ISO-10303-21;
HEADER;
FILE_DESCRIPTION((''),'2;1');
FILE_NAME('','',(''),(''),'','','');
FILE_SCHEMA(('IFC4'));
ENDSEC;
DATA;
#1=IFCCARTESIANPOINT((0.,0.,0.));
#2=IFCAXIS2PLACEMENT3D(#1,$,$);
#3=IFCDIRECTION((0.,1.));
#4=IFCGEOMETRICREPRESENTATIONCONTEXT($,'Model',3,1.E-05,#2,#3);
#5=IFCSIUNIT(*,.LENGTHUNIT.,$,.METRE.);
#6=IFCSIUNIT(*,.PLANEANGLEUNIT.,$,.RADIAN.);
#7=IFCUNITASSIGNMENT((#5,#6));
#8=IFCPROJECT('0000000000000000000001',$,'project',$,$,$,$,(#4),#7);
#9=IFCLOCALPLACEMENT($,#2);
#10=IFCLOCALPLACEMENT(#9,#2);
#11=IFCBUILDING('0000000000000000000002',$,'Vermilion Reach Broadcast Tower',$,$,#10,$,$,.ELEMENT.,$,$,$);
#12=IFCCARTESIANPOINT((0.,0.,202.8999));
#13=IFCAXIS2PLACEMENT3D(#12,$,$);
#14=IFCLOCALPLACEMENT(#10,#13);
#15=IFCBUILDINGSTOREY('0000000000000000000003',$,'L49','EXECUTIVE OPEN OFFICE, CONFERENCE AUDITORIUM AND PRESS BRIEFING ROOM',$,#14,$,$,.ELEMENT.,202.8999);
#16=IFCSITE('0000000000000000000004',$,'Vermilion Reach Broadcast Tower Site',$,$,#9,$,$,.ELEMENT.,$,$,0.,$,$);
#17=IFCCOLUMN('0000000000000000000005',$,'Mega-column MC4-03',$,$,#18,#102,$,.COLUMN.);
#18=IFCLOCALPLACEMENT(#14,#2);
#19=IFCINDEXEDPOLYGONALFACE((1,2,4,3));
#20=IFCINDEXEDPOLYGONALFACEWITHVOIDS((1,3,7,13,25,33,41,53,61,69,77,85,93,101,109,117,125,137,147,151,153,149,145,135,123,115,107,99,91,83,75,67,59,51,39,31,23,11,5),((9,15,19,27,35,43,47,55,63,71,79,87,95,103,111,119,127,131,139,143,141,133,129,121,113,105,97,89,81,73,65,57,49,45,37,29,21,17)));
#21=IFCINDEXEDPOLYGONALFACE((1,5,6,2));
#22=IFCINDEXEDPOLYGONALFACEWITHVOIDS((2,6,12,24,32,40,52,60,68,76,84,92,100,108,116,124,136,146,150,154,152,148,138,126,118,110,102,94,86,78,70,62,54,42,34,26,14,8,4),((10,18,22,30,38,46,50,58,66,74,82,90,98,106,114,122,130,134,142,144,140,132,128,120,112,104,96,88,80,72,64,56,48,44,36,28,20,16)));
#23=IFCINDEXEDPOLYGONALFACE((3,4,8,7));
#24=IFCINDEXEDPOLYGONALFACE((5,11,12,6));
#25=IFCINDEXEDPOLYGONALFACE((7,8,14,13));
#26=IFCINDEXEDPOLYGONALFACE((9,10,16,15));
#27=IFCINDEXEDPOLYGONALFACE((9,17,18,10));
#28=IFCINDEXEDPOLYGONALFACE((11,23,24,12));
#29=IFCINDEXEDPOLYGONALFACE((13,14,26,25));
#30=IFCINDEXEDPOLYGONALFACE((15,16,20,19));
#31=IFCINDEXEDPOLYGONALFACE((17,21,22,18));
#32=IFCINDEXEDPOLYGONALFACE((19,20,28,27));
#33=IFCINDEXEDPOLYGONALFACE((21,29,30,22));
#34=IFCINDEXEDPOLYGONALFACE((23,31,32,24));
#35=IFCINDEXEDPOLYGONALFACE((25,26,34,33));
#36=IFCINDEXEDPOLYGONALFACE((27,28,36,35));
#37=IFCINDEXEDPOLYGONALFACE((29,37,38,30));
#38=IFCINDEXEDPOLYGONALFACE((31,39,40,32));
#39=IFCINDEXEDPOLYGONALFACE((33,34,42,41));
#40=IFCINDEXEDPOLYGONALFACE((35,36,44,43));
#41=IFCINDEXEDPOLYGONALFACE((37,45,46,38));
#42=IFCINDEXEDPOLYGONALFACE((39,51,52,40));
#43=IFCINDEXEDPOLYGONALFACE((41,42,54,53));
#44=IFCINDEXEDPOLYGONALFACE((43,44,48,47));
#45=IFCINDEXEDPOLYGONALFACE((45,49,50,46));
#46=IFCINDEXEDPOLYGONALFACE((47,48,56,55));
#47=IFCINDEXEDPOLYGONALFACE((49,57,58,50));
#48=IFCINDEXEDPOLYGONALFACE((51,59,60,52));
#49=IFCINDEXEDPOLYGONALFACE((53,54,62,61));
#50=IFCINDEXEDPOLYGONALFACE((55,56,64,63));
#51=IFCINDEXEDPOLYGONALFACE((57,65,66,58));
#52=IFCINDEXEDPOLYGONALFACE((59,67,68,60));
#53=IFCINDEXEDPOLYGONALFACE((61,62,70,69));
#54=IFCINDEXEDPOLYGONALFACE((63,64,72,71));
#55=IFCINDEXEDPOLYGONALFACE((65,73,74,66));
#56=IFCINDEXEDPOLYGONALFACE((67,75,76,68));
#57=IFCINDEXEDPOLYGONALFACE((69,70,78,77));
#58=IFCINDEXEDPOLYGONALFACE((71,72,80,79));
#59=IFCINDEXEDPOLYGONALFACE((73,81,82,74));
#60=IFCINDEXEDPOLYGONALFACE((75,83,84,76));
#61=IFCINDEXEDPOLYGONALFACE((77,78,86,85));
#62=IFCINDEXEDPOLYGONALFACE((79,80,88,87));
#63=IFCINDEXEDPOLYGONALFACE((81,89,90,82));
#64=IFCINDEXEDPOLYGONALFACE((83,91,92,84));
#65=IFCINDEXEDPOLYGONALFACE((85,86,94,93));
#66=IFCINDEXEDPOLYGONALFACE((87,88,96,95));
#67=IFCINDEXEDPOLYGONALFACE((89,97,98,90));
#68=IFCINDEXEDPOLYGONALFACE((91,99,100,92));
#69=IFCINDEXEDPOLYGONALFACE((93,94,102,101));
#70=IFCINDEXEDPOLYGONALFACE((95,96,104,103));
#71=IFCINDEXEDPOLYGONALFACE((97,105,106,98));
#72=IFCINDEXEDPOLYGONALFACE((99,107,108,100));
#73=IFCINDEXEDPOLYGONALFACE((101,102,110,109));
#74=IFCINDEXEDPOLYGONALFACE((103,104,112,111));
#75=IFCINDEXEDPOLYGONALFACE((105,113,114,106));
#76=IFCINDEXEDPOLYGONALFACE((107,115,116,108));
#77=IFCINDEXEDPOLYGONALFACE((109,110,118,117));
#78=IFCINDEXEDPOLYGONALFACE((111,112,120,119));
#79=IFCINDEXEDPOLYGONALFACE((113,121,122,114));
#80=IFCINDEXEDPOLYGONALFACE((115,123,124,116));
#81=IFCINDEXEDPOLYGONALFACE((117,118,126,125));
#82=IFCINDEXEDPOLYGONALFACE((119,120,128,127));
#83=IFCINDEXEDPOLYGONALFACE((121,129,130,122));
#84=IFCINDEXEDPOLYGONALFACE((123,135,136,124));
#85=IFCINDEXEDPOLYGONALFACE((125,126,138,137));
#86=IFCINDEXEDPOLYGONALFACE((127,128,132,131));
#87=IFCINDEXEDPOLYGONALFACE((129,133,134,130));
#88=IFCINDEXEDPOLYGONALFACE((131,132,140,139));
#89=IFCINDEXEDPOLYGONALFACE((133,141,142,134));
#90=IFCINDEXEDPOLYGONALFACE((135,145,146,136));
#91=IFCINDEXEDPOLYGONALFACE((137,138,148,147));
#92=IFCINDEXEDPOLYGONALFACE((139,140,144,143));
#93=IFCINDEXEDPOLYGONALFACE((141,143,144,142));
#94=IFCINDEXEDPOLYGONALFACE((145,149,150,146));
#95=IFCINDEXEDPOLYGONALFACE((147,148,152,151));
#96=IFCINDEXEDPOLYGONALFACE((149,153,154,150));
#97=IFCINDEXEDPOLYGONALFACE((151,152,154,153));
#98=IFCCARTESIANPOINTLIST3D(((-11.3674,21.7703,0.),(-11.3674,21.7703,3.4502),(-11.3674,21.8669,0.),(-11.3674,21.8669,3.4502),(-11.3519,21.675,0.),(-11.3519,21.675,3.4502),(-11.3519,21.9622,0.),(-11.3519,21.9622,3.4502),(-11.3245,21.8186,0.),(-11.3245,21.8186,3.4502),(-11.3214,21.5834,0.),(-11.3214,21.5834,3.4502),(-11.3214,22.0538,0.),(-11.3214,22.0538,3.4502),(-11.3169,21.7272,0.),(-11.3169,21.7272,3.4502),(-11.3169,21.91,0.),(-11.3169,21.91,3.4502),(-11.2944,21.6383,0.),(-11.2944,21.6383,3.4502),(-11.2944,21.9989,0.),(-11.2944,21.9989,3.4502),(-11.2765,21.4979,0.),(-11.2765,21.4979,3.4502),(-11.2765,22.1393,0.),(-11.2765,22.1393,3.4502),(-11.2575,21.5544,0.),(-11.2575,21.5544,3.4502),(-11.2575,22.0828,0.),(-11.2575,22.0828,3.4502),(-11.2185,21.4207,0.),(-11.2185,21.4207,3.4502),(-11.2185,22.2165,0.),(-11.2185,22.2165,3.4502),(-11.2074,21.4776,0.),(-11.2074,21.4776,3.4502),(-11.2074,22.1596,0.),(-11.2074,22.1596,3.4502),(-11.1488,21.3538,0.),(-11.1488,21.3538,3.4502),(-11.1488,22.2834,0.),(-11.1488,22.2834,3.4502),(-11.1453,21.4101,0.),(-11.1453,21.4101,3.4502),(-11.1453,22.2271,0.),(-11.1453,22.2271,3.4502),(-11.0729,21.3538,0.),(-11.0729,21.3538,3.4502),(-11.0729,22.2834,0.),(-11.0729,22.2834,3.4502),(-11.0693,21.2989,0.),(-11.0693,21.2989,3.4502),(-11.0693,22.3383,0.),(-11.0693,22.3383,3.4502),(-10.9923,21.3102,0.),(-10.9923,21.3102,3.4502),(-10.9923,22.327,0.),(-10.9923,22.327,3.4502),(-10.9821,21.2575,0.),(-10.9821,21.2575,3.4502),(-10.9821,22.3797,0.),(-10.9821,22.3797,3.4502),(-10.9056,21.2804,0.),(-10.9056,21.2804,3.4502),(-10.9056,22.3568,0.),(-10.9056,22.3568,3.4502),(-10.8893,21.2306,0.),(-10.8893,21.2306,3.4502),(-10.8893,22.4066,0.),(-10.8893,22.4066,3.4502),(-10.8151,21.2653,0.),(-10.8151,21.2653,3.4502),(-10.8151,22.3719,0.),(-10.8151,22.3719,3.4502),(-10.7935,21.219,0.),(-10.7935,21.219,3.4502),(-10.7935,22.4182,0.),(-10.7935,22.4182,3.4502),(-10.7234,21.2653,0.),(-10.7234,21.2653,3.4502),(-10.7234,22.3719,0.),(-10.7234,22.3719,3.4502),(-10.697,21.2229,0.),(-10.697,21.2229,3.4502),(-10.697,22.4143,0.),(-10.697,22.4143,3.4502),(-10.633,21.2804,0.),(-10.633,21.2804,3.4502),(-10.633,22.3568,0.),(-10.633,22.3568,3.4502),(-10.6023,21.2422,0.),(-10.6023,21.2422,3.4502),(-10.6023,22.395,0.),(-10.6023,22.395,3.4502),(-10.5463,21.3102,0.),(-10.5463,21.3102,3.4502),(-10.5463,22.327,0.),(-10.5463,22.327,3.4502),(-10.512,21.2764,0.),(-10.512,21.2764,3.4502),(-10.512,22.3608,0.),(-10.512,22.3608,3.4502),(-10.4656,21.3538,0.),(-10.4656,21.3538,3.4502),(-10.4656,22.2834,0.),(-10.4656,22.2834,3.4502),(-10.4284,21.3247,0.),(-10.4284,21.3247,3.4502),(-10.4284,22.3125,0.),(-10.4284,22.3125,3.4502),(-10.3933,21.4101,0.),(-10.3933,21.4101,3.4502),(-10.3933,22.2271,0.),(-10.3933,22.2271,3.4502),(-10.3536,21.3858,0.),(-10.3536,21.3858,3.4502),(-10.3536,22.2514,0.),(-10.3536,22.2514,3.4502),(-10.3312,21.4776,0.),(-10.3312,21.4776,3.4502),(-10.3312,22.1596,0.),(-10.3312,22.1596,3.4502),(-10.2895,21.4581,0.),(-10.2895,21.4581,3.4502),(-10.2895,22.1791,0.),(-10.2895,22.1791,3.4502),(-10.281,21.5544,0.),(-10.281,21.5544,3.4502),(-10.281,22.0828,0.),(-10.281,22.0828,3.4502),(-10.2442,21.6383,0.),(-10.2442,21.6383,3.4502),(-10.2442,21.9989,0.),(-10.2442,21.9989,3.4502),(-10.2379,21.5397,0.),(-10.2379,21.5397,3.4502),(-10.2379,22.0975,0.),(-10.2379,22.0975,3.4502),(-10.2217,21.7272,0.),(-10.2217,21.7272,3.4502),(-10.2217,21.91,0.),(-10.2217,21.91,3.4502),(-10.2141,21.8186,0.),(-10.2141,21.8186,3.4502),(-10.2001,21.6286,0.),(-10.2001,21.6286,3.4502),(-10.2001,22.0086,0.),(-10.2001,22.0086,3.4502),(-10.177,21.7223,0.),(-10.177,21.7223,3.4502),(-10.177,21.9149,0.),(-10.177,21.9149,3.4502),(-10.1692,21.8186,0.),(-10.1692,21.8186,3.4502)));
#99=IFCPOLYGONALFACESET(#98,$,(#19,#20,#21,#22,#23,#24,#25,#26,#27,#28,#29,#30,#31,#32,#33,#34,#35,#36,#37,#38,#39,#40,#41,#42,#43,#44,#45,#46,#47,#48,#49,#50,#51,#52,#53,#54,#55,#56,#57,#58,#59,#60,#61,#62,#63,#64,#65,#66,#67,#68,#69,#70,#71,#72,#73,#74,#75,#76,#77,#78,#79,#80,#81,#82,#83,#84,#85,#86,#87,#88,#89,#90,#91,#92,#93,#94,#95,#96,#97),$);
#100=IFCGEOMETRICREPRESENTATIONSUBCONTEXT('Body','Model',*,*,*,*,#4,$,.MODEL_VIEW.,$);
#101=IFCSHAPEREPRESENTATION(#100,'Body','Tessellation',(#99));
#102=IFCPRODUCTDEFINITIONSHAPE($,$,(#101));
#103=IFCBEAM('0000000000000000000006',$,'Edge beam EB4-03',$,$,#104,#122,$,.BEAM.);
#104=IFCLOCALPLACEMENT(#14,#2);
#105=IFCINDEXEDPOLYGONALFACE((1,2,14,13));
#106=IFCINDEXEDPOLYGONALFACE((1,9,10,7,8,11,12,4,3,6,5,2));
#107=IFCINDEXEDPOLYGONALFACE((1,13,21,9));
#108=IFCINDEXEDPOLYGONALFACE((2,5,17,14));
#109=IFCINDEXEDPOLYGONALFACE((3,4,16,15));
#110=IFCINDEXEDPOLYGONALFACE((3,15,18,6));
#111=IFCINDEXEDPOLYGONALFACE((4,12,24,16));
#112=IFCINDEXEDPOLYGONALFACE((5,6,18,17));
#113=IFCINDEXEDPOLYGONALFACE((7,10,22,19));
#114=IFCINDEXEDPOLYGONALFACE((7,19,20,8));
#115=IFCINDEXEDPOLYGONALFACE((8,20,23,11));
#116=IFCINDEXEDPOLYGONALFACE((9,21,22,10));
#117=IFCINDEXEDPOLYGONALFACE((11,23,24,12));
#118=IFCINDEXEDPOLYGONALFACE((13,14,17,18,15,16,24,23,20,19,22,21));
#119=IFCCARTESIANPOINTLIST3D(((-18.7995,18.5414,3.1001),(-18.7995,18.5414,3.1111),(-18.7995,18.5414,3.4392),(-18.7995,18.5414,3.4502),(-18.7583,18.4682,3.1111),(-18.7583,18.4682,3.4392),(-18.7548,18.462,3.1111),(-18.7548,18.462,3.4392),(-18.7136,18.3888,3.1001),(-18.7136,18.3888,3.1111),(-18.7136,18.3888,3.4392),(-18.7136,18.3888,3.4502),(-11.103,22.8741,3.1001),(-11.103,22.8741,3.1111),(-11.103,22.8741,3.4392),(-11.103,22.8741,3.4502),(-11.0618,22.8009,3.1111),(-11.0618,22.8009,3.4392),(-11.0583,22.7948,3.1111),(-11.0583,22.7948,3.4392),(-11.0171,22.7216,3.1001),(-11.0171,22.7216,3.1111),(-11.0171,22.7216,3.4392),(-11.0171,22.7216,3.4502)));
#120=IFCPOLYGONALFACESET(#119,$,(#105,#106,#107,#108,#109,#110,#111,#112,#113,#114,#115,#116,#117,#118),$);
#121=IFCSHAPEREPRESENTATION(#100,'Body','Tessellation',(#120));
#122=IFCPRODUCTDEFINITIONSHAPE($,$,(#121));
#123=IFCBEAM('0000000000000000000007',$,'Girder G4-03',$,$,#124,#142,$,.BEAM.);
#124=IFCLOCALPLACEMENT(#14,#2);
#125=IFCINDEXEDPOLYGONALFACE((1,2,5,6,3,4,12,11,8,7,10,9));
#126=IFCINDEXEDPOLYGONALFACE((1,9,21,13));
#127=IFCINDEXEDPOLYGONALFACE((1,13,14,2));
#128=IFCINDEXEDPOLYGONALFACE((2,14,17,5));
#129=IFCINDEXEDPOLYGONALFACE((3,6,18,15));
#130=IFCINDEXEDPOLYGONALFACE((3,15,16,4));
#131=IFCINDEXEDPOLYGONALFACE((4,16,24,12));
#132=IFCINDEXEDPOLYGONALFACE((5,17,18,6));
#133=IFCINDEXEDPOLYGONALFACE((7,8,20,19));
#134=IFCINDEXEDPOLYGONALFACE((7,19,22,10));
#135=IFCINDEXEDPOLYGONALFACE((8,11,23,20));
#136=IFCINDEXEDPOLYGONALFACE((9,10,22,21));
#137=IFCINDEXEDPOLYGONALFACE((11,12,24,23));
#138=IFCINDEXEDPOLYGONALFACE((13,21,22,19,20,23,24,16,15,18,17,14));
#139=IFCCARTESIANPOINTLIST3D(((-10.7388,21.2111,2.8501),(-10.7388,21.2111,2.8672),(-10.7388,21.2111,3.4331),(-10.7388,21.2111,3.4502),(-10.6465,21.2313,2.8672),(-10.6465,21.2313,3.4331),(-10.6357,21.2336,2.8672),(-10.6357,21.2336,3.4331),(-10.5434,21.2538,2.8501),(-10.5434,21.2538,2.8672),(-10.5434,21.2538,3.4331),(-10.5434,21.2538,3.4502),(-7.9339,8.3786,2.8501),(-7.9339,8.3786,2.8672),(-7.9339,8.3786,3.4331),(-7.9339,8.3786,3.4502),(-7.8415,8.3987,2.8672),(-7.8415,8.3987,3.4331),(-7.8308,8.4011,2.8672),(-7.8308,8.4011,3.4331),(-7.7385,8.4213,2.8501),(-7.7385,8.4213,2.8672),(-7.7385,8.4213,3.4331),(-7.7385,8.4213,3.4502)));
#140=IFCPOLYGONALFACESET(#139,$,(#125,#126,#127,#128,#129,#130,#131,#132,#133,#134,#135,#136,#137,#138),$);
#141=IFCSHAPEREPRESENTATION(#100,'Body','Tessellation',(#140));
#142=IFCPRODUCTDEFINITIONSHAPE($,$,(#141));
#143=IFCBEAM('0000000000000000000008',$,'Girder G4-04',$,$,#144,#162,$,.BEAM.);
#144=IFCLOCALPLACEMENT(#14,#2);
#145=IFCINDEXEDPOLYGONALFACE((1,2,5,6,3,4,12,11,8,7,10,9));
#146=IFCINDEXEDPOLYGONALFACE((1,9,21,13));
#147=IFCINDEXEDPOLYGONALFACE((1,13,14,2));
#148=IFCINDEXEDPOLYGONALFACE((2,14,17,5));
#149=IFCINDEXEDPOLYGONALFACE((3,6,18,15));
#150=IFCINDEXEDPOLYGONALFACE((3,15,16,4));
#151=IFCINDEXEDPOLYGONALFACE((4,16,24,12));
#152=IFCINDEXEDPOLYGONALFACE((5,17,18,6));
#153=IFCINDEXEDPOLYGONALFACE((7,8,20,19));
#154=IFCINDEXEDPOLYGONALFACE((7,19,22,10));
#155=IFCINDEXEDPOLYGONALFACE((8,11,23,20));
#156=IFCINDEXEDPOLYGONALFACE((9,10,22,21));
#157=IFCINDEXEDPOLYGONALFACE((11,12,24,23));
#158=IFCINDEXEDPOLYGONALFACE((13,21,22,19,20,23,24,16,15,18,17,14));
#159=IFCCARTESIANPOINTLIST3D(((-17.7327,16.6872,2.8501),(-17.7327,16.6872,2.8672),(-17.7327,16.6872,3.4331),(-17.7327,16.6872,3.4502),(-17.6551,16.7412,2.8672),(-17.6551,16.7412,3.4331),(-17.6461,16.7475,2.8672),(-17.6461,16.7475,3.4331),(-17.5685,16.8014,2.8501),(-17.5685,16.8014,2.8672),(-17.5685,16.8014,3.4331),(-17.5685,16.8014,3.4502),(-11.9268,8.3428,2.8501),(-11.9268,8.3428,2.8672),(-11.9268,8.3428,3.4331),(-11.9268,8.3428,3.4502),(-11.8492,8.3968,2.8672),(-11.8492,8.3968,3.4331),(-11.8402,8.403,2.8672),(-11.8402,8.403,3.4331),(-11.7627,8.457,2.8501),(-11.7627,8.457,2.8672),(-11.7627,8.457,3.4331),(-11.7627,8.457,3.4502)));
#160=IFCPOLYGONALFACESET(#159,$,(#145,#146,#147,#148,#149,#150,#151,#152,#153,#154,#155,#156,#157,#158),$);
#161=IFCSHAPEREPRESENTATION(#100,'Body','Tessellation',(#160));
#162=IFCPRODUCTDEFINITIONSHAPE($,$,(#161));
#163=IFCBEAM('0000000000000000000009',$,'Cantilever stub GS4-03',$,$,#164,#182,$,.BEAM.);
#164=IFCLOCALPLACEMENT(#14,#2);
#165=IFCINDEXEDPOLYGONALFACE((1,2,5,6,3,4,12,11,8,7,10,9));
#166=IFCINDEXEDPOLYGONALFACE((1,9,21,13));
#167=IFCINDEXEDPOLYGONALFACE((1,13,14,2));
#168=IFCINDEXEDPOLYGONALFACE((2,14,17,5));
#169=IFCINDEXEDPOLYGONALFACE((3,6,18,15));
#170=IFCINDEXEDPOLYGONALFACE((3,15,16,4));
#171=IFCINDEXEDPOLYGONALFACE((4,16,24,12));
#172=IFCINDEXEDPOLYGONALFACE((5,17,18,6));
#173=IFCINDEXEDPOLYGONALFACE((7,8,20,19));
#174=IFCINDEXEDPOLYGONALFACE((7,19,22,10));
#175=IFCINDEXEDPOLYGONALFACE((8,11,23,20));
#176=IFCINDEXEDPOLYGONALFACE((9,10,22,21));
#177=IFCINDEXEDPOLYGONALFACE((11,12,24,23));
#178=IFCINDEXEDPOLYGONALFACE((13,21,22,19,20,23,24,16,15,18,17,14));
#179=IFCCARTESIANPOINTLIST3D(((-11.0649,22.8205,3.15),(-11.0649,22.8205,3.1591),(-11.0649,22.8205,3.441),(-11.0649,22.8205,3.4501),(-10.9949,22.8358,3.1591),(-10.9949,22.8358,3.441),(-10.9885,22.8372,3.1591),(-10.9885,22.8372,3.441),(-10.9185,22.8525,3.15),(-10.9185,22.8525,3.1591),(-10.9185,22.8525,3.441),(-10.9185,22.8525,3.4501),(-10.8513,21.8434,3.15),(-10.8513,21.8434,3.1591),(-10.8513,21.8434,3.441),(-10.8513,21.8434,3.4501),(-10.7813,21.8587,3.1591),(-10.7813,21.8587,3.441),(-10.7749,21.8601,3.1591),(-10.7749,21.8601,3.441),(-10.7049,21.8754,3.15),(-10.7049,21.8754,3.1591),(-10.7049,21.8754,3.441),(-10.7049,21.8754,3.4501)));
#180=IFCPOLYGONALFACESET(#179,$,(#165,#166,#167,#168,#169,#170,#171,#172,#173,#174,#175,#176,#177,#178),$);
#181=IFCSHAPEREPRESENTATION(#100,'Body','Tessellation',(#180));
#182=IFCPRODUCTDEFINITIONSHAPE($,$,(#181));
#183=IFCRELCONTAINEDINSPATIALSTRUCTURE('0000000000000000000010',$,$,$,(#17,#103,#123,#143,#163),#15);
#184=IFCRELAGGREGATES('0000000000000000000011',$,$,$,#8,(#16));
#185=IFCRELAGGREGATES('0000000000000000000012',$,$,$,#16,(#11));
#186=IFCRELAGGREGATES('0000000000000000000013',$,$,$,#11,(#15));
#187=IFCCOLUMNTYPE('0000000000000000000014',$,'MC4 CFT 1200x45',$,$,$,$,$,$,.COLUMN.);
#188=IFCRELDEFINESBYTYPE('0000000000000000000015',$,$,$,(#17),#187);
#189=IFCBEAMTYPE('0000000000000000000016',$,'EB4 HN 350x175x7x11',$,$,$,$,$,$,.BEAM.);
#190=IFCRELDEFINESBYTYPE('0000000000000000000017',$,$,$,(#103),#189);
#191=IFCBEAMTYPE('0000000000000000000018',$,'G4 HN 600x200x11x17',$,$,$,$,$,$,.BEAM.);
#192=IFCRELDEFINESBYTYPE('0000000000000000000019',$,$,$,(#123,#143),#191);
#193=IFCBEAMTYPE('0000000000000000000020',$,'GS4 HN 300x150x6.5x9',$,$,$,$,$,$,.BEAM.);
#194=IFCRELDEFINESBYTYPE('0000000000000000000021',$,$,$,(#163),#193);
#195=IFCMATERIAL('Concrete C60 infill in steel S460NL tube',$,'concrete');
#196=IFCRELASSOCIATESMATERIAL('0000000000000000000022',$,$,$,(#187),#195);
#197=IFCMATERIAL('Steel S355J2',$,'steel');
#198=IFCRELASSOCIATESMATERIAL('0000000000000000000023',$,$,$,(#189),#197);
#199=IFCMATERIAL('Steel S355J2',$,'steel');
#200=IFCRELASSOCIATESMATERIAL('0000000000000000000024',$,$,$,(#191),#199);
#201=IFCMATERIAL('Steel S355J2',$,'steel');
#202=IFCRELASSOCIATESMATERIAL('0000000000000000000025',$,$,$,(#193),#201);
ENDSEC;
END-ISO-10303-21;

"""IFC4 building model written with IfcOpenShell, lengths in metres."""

from ifc_helpers import new_model, si_unit, direction, frame, origin, origin_2d, place, context, subcontext, project, spatial, hollow_circle, i_section, extrude, material, material_profile, profile_set, type_object, element, save


model = new_model("IFC4")

# Units and contexts
model_context = context("Model", 3, precision=1e-05, world=origin(), true_north=direction((0.0, 1.0)))
body_context = subcontext(model_context, "Body", "Model", "MODEL_VIEW")
ifc_project = project(units=[si_unit("LENGTHUNIT", "METRE"), si_unit("PLANEANGLEUNIT", "RADIAN")], contexts=[model_context])

# Site, building, storey
site_placement = place(None, origin())
site = spatial("IfcSite", under=ifc_project, at=site_placement, Name="Vermilion Reach Broadcast Tower Site", CompositionType="ELEMENT", RefElevation=0.0)
building_placement = place(site_placement, origin())
building = spatial("IfcBuilding", under=site, at=building_placement, Name="Vermilion Reach Broadcast Tower", CompositionType="ELEMENT")
storey_placement = place(building_placement, frame((0.0, 0.0, 202.8999)))
storey = spatial("IfcBuildingStorey", under=building, at=storey_placement, Name="L49", Description="EXECUTIVE OPEN OFFICE, CONFERENCE AUDITORIUM AND PRESS BRIEFING ROOM", CompositionType="ELEMENT", Elevation=202.8999)

# Column
ifc_material_1 = material(Name="Concrete C60 infill in steel S460NL tube", Category="concrete")
ifc_material_profile_1 = material_profile(ifc_material_1, hollow_circle(Radius=0.6001, WallThickness=0.0449, at=origin_2d()), Name="Concrete C60 infill in steel S460NL tube CFT 1200x45")
ifc_profile_set_1 = profile_set([ifc_material_profile_1], Name="Concrete C60 infill in steel S460NL tube")
column_type = type_object("IfcColumnType", Name="MC4 CFT 1200x45", PredefinedType="COLUMN", material=ifc_profile_set_1)
column_placement = place(storey_placement, frame((-10.7693, 21.8186, 0.0), z_axis=(0.0, 0.0, 1.0), x_axis=(1.0, 0.0, 0.0)))
element("IfcColumn", 1, at=column_placement, inside=storey, type_object=column_type, Name="Mega-column MC4-03", PredefinedType="COLUMN", context=body_context, shape_type="SweptSolid", body=[
    extrude(hollow_circle(Radius=0.6001, WallThickness=0.0449, at=origin_2d()), origin(), (0.0, 0.0, 1.0), 3.4502),
])

# Beams
ifc_material_2 = material(Name="Steel S355J2", Category="steel")
ifc_material_profile_2 = material_profile(ifc_material_2, i_section(OverallWidth=0.175, OverallDepth=0.3501, WebThickness=0.0071, FlangeThickness=0.011, at=origin_2d()), Name="S355J2 HN 350x175x7x11")
ifc_profile_set_2 = profile_set([ifc_material_profile_2], Name="Steel S355J2")
beam_type_1 = type_object("IfcBeamType", Name="EB4 HN 350x175x7x11", PredefinedType="BEAM", material=ifc_profile_set_2)
beam_1_placement = place(storey_placement, frame((-11.0601, 22.7979, 3.2751), z_axis=(-0.871408, -0.490559, 0.0), x_axis=(0.490559, -0.871408, 0.0)))
element("IfcBeam", 2, at=beam_1_placement, inside=storey, type_object=beam_type_1, Name="Edge beam EB4-03", PredefinedType="BEAM", context=body_context, shape_type="SweptSolid", body=[
    extrude(i_section(OverallWidth=0.175, OverallDepth=0.3501, WebThickness=0.0071, FlangeThickness=0.011, at=origin_2d()), origin(), (0.0, 0.0, 1.0), 8.8323),
])
ifc_material_3 = material(Name="Steel S355J2", Category="steel")
ifc_material_profile_3 = material_profile(ifc_material_3, i_section(OverallWidth=0.2, OverallDepth=0.6001, WebThickness=0.011, FlangeThickness=0.0171, at=origin_2d()), Name="S355J2 HN 600x200x11x17")
ifc_profile_set_3 = profile_set([ifc_material_profile_3], Name="Steel S355J2")
beam_type_2 = type_object("IfcBeamType", Name="G4 HN 600x200x11x17", PredefinedType="BEAM", material=ifc_profile_set_3)
beam_2_placement = place(storey_placement, frame((-7.8362, 8.3999, 3.1501), z_axis=(-0.213538, 0.976935, 0.0), x_axis=(-0.976935, -0.213538, 0.0)))
element("IfcBeam", 3, at=beam_2_placement, inside=storey, type_object=beam_type_2, Name="Girder G4-03", PredefinedType="BEAM", context=body_context, shape_type="SweptSolid", body=[
    extrude(i_section(OverallWidth=0.2, OverallDepth=0.6001, WebThickness=0.011, FlangeThickness=0.0171, at=origin_2d()), origin(), (0.0, 0.0, 1.0), 13.1355),
])
beam_3_placement = place(storey_placement, frame((-11.8447, 8.3999, 3.1501), z_axis=(-0.571134, 0.820857, 0.0), x_axis=(-0.820857, -0.571134, 0.0)))
element("IfcBeam", 4, at=beam_3_placement, inside=storey, type_object=beam_type_2, Name="Girder G4-04", PredefinedType="BEAM", context=body_context, shape_type="SweptSolid", body=[
    extrude(i_section(OverallWidth=0.2, OverallDepth=0.6001, WebThickness=0.011, FlangeThickness=0.0171, at=origin_2d()), origin(), (0.0, 0.0, 1.0), 10.1655),
])
ifc_material_4 = material(Name="Steel S355J2", Category="steel")
ifc_material_profile_4 = material_profile(ifc_material_4, i_section(OverallWidth=0.1499, OverallDepth=0.3, WebThickness=0.0066, FlangeThickness=0.009, at=origin_2d()), Name="S355J2 HN 300x150x6.5x9")
ifc_profile_set_4 = profile_set([ifc_material_profile_4], Name="Steel S355J2")
beam_type_3 = type_object("IfcBeamType", Name="GS4 HN 300x150x6.5x9", PredefinedType="BEAM", material=ifc_profile_set_4)
beam_4_placement = place(storey_placement, frame((-10.7781, 21.8594, 3.3), z_axis=(-0.213595, 0.976922, 0.0), x_axis=(-0.976922, -0.213595, 0.0)))
element("IfcBeam", 5, at=beam_4_placement, inside=storey, type_object=beam_type_3, Name="Cantilever stub GS4-03", PredefinedType="BEAM", context=body_context, shape_type="SweptSolid", body=[
    extrude(i_section(OverallWidth=0.1499, OverallDepth=0.3, WebThickness=0.0066, FlangeThickness=0.009, at=origin_2d()), origin(), (0.0, 0.0, 1.0), 1.0002),
])

save(model, "model.ifc")
